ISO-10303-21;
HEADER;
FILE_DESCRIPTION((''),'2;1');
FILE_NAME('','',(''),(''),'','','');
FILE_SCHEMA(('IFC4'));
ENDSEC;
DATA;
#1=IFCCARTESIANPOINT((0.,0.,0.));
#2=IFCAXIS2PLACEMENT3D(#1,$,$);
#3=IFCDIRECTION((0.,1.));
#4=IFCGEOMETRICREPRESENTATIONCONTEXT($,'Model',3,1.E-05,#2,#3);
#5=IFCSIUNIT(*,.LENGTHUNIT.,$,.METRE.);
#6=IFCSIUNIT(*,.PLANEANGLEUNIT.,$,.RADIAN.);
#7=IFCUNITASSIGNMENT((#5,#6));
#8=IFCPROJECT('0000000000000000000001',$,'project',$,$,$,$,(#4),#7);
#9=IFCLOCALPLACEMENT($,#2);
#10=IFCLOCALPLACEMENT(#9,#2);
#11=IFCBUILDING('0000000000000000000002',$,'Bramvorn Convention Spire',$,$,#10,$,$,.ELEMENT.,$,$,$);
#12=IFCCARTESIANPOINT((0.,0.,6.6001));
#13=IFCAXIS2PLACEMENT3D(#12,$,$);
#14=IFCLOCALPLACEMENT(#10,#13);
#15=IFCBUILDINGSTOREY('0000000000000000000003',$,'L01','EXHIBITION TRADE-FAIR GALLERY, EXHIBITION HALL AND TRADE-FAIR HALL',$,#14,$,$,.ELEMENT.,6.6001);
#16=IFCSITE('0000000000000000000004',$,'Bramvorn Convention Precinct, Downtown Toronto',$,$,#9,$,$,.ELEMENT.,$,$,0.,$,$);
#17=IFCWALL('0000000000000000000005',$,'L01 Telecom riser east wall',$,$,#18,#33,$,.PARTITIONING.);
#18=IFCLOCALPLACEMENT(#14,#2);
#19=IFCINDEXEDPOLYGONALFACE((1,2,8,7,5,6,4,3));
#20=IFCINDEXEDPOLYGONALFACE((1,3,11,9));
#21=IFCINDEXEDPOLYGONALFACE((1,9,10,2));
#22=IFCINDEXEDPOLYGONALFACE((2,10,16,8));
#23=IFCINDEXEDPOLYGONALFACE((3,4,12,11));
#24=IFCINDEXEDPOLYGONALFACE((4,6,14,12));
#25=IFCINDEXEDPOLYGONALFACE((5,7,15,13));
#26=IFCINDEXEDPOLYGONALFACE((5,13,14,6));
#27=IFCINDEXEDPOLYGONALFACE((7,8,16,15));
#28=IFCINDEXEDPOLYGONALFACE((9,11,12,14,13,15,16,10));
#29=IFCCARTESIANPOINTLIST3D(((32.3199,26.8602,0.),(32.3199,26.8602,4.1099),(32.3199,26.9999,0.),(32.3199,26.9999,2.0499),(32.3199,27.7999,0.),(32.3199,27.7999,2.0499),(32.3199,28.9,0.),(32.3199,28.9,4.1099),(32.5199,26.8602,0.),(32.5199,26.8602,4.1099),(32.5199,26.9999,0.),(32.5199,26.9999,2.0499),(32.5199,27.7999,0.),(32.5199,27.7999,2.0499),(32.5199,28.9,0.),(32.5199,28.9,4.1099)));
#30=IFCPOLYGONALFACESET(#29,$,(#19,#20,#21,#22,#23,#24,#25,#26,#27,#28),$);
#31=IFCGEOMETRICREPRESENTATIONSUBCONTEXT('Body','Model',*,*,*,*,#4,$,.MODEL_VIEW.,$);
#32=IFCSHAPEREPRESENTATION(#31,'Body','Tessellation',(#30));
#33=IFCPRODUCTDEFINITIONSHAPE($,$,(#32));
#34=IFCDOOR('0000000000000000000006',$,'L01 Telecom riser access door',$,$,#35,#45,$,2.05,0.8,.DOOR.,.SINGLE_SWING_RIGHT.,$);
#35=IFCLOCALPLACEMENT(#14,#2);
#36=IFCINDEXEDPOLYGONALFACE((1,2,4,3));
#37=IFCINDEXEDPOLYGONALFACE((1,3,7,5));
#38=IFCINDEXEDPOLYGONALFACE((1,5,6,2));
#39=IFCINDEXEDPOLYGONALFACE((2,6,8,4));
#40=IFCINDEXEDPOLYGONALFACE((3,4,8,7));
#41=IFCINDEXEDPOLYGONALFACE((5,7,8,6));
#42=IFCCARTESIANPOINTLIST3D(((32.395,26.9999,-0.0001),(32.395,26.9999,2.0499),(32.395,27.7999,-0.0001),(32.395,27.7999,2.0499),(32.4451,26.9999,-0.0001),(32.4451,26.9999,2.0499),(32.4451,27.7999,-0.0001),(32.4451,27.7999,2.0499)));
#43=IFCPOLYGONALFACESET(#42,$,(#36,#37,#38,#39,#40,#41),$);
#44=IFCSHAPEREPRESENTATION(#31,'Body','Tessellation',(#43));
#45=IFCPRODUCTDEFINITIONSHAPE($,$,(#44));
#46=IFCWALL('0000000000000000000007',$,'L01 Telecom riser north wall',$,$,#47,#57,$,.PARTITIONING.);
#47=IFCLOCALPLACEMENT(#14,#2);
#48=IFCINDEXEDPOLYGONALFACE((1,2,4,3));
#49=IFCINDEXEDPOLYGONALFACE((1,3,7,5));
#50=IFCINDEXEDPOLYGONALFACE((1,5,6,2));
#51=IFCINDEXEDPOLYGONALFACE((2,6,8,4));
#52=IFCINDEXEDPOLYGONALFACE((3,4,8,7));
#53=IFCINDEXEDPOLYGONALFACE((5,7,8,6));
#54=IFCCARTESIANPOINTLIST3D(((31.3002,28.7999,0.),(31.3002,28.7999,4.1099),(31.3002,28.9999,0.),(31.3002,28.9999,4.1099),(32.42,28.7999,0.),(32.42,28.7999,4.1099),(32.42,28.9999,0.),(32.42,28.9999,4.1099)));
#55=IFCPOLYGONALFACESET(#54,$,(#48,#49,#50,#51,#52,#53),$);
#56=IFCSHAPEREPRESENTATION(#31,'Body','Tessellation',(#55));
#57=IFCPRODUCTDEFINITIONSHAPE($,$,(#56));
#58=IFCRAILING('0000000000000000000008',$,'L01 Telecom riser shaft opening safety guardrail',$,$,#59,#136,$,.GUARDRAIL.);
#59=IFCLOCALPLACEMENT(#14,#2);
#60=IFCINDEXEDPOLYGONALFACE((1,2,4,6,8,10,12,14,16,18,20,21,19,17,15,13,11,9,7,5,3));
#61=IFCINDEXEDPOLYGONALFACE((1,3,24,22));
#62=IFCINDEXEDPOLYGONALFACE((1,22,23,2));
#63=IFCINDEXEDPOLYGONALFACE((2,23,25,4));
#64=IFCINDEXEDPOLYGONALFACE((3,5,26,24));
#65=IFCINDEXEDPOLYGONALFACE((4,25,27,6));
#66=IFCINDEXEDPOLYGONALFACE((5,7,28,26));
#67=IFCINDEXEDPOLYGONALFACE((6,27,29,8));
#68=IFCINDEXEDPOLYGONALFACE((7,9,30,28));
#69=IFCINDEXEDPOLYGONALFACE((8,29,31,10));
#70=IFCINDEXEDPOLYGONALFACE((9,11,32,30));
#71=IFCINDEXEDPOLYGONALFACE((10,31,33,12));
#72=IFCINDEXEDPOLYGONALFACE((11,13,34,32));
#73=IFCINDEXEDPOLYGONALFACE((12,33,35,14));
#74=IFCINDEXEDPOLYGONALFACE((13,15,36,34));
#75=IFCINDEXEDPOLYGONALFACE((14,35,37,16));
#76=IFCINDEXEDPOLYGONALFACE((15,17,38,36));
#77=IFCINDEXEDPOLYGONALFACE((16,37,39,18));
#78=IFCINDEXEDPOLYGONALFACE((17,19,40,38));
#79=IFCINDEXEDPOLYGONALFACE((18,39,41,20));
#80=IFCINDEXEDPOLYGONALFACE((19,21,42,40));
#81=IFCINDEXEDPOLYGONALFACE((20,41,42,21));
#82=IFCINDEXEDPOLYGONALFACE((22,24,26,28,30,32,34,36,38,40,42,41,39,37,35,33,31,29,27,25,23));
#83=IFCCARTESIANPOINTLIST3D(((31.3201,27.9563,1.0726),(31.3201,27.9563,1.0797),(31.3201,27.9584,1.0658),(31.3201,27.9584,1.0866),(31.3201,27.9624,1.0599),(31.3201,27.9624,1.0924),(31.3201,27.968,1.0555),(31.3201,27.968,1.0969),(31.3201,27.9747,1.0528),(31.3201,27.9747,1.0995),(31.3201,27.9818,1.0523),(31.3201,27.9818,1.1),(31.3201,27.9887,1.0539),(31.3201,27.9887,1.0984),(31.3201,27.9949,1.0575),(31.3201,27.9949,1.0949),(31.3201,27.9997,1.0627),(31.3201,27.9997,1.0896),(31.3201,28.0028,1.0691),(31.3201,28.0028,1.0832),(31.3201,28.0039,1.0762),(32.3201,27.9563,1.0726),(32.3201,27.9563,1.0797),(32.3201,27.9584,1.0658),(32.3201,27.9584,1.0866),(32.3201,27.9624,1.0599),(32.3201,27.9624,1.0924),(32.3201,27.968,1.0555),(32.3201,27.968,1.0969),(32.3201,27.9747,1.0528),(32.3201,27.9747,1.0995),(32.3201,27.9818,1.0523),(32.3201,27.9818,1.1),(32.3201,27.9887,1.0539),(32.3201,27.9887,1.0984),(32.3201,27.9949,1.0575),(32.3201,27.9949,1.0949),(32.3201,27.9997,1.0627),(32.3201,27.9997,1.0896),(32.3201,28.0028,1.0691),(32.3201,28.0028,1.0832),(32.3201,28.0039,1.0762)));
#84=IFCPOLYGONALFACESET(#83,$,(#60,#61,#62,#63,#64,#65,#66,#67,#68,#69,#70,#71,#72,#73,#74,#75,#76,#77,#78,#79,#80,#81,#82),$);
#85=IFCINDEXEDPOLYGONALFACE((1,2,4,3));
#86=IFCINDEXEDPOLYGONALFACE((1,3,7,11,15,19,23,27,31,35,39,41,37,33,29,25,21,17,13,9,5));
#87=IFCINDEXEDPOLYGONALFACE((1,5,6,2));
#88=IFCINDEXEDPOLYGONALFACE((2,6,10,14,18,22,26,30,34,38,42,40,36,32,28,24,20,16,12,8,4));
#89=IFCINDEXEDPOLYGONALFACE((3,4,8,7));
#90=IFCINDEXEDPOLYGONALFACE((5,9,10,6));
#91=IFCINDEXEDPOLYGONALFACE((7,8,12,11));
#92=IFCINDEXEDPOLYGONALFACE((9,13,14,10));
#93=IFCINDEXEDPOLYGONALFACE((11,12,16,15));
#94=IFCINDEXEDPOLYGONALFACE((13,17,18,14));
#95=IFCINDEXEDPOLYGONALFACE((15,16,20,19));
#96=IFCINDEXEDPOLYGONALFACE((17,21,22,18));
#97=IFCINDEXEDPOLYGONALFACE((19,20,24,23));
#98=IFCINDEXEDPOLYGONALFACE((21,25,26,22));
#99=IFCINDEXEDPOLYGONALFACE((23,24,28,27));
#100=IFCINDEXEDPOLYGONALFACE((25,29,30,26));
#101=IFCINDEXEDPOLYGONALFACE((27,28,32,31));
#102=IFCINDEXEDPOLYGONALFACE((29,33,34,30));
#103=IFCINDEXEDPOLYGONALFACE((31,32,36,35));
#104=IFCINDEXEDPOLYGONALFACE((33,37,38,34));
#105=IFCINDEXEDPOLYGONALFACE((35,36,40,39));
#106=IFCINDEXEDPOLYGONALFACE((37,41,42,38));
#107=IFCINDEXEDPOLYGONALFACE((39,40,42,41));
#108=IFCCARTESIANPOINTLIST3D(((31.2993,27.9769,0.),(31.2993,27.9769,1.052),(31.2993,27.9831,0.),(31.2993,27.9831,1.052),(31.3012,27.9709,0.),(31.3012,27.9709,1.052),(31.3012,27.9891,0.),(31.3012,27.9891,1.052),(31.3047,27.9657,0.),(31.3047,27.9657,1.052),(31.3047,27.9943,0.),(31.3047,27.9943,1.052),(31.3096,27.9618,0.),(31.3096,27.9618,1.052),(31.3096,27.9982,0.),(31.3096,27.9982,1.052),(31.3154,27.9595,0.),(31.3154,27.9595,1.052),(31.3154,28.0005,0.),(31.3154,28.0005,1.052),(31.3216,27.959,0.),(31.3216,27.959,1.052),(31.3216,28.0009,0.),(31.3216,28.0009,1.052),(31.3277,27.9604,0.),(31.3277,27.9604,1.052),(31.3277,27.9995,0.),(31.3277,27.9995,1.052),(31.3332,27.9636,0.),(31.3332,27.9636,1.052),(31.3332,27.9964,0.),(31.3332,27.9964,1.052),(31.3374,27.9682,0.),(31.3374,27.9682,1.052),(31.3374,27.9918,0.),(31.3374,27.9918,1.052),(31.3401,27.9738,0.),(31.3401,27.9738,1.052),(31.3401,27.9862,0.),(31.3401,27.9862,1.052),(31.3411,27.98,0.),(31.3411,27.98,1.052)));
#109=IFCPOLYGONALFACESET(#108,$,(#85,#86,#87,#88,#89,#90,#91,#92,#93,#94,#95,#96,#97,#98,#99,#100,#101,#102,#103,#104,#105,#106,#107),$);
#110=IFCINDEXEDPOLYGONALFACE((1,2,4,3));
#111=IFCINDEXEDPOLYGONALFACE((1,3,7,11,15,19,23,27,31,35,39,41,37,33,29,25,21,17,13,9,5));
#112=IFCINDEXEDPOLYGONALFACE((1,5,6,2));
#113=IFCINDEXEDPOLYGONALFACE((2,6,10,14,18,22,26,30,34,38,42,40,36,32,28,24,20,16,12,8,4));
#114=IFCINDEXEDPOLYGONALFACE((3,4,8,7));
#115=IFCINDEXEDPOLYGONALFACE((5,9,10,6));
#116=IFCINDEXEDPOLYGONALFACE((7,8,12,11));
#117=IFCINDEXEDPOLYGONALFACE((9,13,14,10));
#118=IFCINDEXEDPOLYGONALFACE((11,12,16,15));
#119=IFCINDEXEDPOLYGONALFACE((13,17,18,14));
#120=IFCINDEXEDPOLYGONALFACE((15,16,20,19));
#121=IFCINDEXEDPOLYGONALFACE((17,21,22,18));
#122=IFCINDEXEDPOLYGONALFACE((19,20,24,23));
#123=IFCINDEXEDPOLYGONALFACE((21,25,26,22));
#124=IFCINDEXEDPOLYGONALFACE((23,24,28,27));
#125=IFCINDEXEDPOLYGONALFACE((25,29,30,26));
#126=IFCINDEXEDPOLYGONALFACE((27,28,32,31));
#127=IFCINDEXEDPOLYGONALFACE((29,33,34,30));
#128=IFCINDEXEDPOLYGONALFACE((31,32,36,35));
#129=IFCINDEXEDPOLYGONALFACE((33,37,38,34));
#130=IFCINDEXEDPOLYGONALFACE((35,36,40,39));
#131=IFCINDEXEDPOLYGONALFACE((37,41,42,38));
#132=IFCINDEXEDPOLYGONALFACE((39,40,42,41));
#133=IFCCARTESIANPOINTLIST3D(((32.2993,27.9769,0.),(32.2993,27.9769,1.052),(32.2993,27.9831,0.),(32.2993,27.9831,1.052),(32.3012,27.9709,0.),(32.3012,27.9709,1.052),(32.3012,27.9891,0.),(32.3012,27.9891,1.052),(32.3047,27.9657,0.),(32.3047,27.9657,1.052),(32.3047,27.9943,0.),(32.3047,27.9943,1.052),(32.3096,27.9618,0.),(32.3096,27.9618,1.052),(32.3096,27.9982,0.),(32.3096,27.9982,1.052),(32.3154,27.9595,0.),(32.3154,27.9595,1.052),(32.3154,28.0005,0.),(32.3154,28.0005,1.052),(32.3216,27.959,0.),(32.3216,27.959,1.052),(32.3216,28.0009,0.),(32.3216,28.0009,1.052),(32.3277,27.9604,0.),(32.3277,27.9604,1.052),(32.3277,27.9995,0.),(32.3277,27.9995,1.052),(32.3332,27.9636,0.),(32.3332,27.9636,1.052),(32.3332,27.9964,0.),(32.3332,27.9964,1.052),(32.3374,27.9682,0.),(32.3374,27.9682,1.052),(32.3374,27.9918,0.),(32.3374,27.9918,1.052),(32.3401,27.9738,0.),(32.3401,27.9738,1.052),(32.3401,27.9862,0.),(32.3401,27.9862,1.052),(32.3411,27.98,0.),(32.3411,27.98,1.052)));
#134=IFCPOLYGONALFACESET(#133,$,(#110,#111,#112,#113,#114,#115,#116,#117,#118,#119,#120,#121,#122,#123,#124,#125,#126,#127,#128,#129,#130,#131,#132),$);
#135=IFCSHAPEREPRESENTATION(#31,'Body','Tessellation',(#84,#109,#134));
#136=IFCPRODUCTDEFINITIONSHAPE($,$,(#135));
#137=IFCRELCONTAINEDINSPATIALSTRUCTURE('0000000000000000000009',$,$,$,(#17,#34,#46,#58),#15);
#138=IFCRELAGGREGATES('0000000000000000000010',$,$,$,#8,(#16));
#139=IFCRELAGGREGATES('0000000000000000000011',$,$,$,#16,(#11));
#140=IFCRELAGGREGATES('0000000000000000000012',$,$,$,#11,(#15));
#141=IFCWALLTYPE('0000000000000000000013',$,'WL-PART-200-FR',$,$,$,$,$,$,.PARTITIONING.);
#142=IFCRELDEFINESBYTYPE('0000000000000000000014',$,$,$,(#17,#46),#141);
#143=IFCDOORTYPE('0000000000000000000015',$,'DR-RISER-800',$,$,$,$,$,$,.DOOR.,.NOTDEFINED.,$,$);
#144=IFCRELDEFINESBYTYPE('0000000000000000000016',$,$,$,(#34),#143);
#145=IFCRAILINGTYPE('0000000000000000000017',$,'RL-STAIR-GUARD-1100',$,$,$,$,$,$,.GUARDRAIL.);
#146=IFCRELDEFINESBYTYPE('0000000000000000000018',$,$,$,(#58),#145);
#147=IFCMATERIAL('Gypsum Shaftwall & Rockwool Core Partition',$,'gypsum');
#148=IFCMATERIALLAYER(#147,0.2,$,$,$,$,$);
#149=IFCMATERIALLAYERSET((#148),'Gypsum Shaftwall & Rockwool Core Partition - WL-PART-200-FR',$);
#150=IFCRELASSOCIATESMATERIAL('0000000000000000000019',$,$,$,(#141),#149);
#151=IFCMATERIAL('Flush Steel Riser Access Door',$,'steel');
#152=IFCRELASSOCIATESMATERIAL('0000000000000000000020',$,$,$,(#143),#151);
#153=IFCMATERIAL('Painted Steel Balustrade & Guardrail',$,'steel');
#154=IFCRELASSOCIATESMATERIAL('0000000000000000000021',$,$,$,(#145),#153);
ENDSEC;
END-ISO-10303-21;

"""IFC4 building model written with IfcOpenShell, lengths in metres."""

from ifc_helpers import new_model, si_unit, direction, frame, frame_2d, origin, origin_2d, place, context, subcontext, project, spatial, rectangle, circle, extrude, material, layer, layer_set, type_object, element, fill, save


model = new_model("IFC4")

# Units and contexts
model_context = context("Model", 3, precision=1e-05, world=origin(), true_north=direction((0.0, 1.0)))
body_context = subcontext(model_context, "Body", "Model", "MODEL_VIEW")
ifc_project = project(units=[si_unit("LENGTHUNIT", "METRE"), si_unit("PLANEANGLEUNIT", "RADIAN")], contexts=[model_context])

# Site, building, storey
site_placement = place(None, origin())
site = spatial("IfcSite", under=ifc_project, at=site_placement, Name="Bramvorn Convention Precinct, Downtown Toronto", CompositionType="ELEMENT", RefElevation=0.0)
building_placement = place(site_placement, origin())
building = spatial("IfcBuilding", under=site, at=building_placement, Name="Bramvorn Convention Spire", CompositionType="ELEMENT")
storey_placement = place(building_placement, frame((0.0, 0.0, 6.6001)))
storey = spatial("IfcBuildingStorey", under=building, at=storey_placement, Name="L01", Description="EXHIBITION TRADE-FAIR GALLERY, EXHIBITION HALL AND TRADE-FAIR HALL", CompositionType="ELEMENT", Elevation=6.6001)

# Wall, opening, door
ifc_material_1 = material(Name="Gypsum Shaftwall & Rockwool Core Partition", Category="gypsum")
ifc_layer_1 = layer(ifc_material_1, 0.2)
ifc_layer_set_1 = layer_set([ifc_layer_1], Name="Gypsum Shaftwall & Rockwool Core Partition - WL-PART-200-FR")
wall_type_1 = type_object("IfcWallType", Name="WL-PART-200-FR", PredefinedType="PARTITIONING", material=ifc_layer_set_1)
wall_1_placement = place(storey_placement, frame((32.4199, 26.8601, 0.0), z_axis=(0.0, 0.0, 1.0), x_axis=(0.0, 1.0, 0.0)))
wall_1 = element("IfcWall", 1, at=wall_1_placement, inside=storey, type_object=wall_type_1, Name="L01 Telecom riser east wall", PredefinedType="PARTITIONING", context=body_context, shape_type="SweptSolid", body=[
    extrude(rectangle(XDim=2.0398, YDim=0.2, at=frame_2d((1.02, 0.0))), origin(), (0.0, 0.0, 1.0), 4.1099),
])
opening_1_placement = place(wall_1_placement, frame((0.1399, 0.0, 0.0)))
opening_1 = element("IfcOpeningElement", 2, at=opening_1_placement, cuts=wall_1, PredefinedType="OPENING", context=body_context, shape_type="SweptSolid", body=[
    extrude(rectangle(XDim=0.8, YDim=2.05, at=frame_2d((0.3999, 1.0249))), frame((0.0, 0.1099, 0.0), z_axis=(0.0, -1.0, 0.0), x_axis=(1.0, 0.0, 0.0)), (0.0, 0.0, 1.0), 0.22),
])
ifc_material_2 = material(Name="Flush Steel Riser Access Door", Category="steel")
door_type_1 = type_object("IfcDoorType", Name="DR-RISER-800", OperationType="NOTDEFINED", PredefinedType="DOOR", material=ifc_material_2)
door_1_placement = place(opening_1_placement, origin())
door_1 = element("IfcDoor", 3, at=door_1_placement, inside=storey, type_object=door_type_1, Name="L01 Telecom riser access door", OperationType="SINGLE_SWING_RIGHT", OverallHeight=2.05, OverallWidth=0.8, PredefinedType="DOOR", context=body_context, shape_type="SweptSolid", body=[
    extrude(rectangle(XDim=0.8, YDim=2.05, at=frame_2d((0.3999, 1.0249))), frame((0.0, 0.0249, 0.0), z_axis=(0.0, -1.0, 0.0), x_axis=(1.0, 0.0, 0.0)), (0.0, 0.0, 1.0), 0.05),
])
fill(opening_1, door_1)

# Wall
wall_2_placement = place(storey_placement, frame((31.3, 28.8999, 0.0), z_axis=(0.0, 0.0, 1.0), x_axis=(1.0, 0.0, 0.0)))
element("IfcWall", 4, at=wall_2_placement, inside=storey, type_object=wall_type_1, Name="L01 Telecom riser north wall", PredefinedType="PARTITIONING", context=body_context, shape_type="SweptSolid", body=[
    extrude(rectangle(XDim=1.1199, YDim=0.2, at=frame_2d((0.5601, 0.0))), origin(), (0.0, 0.0, 1.0), 4.1099),
])

# Railing
ifc_material_3 = material(Name="Painted Steel Balustrade & Guardrail", Category="steel")
railing_type = type_object("IfcRailingType", Name="RL-STAIR-GUARD-1100", PredefinedType="GUARDRAIL", material=ifc_material_3)
railing_placement = place(storey_placement, frame((31.3201, 27.98, 0.0)))
element("IfcRailing", 5, at=railing_placement, inside=storey, type_object=railing_type, Name="L01 Telecom riser shaft opening safety guardrail", PredefinedType="GUARDRAIL", context=body_context, shape_type="SweptSolid", body=[
    extrude(circle(Radius=0.0239, at=origin_2d()), frame((0.0, 0.0, 1.0762), z_axis=(1.0, 0.0, 0.0), x_axis=(0.0, 1.0, 0.0)), (0.0, 0.0, 1.0), 1.0),
    extrude(circle(Radius=0.021, at=origin_2d()), origin(), (0.0, 0.0, 1.0), 1.052),
    extrude(circle(Radius=0.021, at=origin_2d()), frame((1.0, 0.0, 0.0)), (0.0, 0.0, 1.0), 1.052),
])

save(model, "model.ifc")
